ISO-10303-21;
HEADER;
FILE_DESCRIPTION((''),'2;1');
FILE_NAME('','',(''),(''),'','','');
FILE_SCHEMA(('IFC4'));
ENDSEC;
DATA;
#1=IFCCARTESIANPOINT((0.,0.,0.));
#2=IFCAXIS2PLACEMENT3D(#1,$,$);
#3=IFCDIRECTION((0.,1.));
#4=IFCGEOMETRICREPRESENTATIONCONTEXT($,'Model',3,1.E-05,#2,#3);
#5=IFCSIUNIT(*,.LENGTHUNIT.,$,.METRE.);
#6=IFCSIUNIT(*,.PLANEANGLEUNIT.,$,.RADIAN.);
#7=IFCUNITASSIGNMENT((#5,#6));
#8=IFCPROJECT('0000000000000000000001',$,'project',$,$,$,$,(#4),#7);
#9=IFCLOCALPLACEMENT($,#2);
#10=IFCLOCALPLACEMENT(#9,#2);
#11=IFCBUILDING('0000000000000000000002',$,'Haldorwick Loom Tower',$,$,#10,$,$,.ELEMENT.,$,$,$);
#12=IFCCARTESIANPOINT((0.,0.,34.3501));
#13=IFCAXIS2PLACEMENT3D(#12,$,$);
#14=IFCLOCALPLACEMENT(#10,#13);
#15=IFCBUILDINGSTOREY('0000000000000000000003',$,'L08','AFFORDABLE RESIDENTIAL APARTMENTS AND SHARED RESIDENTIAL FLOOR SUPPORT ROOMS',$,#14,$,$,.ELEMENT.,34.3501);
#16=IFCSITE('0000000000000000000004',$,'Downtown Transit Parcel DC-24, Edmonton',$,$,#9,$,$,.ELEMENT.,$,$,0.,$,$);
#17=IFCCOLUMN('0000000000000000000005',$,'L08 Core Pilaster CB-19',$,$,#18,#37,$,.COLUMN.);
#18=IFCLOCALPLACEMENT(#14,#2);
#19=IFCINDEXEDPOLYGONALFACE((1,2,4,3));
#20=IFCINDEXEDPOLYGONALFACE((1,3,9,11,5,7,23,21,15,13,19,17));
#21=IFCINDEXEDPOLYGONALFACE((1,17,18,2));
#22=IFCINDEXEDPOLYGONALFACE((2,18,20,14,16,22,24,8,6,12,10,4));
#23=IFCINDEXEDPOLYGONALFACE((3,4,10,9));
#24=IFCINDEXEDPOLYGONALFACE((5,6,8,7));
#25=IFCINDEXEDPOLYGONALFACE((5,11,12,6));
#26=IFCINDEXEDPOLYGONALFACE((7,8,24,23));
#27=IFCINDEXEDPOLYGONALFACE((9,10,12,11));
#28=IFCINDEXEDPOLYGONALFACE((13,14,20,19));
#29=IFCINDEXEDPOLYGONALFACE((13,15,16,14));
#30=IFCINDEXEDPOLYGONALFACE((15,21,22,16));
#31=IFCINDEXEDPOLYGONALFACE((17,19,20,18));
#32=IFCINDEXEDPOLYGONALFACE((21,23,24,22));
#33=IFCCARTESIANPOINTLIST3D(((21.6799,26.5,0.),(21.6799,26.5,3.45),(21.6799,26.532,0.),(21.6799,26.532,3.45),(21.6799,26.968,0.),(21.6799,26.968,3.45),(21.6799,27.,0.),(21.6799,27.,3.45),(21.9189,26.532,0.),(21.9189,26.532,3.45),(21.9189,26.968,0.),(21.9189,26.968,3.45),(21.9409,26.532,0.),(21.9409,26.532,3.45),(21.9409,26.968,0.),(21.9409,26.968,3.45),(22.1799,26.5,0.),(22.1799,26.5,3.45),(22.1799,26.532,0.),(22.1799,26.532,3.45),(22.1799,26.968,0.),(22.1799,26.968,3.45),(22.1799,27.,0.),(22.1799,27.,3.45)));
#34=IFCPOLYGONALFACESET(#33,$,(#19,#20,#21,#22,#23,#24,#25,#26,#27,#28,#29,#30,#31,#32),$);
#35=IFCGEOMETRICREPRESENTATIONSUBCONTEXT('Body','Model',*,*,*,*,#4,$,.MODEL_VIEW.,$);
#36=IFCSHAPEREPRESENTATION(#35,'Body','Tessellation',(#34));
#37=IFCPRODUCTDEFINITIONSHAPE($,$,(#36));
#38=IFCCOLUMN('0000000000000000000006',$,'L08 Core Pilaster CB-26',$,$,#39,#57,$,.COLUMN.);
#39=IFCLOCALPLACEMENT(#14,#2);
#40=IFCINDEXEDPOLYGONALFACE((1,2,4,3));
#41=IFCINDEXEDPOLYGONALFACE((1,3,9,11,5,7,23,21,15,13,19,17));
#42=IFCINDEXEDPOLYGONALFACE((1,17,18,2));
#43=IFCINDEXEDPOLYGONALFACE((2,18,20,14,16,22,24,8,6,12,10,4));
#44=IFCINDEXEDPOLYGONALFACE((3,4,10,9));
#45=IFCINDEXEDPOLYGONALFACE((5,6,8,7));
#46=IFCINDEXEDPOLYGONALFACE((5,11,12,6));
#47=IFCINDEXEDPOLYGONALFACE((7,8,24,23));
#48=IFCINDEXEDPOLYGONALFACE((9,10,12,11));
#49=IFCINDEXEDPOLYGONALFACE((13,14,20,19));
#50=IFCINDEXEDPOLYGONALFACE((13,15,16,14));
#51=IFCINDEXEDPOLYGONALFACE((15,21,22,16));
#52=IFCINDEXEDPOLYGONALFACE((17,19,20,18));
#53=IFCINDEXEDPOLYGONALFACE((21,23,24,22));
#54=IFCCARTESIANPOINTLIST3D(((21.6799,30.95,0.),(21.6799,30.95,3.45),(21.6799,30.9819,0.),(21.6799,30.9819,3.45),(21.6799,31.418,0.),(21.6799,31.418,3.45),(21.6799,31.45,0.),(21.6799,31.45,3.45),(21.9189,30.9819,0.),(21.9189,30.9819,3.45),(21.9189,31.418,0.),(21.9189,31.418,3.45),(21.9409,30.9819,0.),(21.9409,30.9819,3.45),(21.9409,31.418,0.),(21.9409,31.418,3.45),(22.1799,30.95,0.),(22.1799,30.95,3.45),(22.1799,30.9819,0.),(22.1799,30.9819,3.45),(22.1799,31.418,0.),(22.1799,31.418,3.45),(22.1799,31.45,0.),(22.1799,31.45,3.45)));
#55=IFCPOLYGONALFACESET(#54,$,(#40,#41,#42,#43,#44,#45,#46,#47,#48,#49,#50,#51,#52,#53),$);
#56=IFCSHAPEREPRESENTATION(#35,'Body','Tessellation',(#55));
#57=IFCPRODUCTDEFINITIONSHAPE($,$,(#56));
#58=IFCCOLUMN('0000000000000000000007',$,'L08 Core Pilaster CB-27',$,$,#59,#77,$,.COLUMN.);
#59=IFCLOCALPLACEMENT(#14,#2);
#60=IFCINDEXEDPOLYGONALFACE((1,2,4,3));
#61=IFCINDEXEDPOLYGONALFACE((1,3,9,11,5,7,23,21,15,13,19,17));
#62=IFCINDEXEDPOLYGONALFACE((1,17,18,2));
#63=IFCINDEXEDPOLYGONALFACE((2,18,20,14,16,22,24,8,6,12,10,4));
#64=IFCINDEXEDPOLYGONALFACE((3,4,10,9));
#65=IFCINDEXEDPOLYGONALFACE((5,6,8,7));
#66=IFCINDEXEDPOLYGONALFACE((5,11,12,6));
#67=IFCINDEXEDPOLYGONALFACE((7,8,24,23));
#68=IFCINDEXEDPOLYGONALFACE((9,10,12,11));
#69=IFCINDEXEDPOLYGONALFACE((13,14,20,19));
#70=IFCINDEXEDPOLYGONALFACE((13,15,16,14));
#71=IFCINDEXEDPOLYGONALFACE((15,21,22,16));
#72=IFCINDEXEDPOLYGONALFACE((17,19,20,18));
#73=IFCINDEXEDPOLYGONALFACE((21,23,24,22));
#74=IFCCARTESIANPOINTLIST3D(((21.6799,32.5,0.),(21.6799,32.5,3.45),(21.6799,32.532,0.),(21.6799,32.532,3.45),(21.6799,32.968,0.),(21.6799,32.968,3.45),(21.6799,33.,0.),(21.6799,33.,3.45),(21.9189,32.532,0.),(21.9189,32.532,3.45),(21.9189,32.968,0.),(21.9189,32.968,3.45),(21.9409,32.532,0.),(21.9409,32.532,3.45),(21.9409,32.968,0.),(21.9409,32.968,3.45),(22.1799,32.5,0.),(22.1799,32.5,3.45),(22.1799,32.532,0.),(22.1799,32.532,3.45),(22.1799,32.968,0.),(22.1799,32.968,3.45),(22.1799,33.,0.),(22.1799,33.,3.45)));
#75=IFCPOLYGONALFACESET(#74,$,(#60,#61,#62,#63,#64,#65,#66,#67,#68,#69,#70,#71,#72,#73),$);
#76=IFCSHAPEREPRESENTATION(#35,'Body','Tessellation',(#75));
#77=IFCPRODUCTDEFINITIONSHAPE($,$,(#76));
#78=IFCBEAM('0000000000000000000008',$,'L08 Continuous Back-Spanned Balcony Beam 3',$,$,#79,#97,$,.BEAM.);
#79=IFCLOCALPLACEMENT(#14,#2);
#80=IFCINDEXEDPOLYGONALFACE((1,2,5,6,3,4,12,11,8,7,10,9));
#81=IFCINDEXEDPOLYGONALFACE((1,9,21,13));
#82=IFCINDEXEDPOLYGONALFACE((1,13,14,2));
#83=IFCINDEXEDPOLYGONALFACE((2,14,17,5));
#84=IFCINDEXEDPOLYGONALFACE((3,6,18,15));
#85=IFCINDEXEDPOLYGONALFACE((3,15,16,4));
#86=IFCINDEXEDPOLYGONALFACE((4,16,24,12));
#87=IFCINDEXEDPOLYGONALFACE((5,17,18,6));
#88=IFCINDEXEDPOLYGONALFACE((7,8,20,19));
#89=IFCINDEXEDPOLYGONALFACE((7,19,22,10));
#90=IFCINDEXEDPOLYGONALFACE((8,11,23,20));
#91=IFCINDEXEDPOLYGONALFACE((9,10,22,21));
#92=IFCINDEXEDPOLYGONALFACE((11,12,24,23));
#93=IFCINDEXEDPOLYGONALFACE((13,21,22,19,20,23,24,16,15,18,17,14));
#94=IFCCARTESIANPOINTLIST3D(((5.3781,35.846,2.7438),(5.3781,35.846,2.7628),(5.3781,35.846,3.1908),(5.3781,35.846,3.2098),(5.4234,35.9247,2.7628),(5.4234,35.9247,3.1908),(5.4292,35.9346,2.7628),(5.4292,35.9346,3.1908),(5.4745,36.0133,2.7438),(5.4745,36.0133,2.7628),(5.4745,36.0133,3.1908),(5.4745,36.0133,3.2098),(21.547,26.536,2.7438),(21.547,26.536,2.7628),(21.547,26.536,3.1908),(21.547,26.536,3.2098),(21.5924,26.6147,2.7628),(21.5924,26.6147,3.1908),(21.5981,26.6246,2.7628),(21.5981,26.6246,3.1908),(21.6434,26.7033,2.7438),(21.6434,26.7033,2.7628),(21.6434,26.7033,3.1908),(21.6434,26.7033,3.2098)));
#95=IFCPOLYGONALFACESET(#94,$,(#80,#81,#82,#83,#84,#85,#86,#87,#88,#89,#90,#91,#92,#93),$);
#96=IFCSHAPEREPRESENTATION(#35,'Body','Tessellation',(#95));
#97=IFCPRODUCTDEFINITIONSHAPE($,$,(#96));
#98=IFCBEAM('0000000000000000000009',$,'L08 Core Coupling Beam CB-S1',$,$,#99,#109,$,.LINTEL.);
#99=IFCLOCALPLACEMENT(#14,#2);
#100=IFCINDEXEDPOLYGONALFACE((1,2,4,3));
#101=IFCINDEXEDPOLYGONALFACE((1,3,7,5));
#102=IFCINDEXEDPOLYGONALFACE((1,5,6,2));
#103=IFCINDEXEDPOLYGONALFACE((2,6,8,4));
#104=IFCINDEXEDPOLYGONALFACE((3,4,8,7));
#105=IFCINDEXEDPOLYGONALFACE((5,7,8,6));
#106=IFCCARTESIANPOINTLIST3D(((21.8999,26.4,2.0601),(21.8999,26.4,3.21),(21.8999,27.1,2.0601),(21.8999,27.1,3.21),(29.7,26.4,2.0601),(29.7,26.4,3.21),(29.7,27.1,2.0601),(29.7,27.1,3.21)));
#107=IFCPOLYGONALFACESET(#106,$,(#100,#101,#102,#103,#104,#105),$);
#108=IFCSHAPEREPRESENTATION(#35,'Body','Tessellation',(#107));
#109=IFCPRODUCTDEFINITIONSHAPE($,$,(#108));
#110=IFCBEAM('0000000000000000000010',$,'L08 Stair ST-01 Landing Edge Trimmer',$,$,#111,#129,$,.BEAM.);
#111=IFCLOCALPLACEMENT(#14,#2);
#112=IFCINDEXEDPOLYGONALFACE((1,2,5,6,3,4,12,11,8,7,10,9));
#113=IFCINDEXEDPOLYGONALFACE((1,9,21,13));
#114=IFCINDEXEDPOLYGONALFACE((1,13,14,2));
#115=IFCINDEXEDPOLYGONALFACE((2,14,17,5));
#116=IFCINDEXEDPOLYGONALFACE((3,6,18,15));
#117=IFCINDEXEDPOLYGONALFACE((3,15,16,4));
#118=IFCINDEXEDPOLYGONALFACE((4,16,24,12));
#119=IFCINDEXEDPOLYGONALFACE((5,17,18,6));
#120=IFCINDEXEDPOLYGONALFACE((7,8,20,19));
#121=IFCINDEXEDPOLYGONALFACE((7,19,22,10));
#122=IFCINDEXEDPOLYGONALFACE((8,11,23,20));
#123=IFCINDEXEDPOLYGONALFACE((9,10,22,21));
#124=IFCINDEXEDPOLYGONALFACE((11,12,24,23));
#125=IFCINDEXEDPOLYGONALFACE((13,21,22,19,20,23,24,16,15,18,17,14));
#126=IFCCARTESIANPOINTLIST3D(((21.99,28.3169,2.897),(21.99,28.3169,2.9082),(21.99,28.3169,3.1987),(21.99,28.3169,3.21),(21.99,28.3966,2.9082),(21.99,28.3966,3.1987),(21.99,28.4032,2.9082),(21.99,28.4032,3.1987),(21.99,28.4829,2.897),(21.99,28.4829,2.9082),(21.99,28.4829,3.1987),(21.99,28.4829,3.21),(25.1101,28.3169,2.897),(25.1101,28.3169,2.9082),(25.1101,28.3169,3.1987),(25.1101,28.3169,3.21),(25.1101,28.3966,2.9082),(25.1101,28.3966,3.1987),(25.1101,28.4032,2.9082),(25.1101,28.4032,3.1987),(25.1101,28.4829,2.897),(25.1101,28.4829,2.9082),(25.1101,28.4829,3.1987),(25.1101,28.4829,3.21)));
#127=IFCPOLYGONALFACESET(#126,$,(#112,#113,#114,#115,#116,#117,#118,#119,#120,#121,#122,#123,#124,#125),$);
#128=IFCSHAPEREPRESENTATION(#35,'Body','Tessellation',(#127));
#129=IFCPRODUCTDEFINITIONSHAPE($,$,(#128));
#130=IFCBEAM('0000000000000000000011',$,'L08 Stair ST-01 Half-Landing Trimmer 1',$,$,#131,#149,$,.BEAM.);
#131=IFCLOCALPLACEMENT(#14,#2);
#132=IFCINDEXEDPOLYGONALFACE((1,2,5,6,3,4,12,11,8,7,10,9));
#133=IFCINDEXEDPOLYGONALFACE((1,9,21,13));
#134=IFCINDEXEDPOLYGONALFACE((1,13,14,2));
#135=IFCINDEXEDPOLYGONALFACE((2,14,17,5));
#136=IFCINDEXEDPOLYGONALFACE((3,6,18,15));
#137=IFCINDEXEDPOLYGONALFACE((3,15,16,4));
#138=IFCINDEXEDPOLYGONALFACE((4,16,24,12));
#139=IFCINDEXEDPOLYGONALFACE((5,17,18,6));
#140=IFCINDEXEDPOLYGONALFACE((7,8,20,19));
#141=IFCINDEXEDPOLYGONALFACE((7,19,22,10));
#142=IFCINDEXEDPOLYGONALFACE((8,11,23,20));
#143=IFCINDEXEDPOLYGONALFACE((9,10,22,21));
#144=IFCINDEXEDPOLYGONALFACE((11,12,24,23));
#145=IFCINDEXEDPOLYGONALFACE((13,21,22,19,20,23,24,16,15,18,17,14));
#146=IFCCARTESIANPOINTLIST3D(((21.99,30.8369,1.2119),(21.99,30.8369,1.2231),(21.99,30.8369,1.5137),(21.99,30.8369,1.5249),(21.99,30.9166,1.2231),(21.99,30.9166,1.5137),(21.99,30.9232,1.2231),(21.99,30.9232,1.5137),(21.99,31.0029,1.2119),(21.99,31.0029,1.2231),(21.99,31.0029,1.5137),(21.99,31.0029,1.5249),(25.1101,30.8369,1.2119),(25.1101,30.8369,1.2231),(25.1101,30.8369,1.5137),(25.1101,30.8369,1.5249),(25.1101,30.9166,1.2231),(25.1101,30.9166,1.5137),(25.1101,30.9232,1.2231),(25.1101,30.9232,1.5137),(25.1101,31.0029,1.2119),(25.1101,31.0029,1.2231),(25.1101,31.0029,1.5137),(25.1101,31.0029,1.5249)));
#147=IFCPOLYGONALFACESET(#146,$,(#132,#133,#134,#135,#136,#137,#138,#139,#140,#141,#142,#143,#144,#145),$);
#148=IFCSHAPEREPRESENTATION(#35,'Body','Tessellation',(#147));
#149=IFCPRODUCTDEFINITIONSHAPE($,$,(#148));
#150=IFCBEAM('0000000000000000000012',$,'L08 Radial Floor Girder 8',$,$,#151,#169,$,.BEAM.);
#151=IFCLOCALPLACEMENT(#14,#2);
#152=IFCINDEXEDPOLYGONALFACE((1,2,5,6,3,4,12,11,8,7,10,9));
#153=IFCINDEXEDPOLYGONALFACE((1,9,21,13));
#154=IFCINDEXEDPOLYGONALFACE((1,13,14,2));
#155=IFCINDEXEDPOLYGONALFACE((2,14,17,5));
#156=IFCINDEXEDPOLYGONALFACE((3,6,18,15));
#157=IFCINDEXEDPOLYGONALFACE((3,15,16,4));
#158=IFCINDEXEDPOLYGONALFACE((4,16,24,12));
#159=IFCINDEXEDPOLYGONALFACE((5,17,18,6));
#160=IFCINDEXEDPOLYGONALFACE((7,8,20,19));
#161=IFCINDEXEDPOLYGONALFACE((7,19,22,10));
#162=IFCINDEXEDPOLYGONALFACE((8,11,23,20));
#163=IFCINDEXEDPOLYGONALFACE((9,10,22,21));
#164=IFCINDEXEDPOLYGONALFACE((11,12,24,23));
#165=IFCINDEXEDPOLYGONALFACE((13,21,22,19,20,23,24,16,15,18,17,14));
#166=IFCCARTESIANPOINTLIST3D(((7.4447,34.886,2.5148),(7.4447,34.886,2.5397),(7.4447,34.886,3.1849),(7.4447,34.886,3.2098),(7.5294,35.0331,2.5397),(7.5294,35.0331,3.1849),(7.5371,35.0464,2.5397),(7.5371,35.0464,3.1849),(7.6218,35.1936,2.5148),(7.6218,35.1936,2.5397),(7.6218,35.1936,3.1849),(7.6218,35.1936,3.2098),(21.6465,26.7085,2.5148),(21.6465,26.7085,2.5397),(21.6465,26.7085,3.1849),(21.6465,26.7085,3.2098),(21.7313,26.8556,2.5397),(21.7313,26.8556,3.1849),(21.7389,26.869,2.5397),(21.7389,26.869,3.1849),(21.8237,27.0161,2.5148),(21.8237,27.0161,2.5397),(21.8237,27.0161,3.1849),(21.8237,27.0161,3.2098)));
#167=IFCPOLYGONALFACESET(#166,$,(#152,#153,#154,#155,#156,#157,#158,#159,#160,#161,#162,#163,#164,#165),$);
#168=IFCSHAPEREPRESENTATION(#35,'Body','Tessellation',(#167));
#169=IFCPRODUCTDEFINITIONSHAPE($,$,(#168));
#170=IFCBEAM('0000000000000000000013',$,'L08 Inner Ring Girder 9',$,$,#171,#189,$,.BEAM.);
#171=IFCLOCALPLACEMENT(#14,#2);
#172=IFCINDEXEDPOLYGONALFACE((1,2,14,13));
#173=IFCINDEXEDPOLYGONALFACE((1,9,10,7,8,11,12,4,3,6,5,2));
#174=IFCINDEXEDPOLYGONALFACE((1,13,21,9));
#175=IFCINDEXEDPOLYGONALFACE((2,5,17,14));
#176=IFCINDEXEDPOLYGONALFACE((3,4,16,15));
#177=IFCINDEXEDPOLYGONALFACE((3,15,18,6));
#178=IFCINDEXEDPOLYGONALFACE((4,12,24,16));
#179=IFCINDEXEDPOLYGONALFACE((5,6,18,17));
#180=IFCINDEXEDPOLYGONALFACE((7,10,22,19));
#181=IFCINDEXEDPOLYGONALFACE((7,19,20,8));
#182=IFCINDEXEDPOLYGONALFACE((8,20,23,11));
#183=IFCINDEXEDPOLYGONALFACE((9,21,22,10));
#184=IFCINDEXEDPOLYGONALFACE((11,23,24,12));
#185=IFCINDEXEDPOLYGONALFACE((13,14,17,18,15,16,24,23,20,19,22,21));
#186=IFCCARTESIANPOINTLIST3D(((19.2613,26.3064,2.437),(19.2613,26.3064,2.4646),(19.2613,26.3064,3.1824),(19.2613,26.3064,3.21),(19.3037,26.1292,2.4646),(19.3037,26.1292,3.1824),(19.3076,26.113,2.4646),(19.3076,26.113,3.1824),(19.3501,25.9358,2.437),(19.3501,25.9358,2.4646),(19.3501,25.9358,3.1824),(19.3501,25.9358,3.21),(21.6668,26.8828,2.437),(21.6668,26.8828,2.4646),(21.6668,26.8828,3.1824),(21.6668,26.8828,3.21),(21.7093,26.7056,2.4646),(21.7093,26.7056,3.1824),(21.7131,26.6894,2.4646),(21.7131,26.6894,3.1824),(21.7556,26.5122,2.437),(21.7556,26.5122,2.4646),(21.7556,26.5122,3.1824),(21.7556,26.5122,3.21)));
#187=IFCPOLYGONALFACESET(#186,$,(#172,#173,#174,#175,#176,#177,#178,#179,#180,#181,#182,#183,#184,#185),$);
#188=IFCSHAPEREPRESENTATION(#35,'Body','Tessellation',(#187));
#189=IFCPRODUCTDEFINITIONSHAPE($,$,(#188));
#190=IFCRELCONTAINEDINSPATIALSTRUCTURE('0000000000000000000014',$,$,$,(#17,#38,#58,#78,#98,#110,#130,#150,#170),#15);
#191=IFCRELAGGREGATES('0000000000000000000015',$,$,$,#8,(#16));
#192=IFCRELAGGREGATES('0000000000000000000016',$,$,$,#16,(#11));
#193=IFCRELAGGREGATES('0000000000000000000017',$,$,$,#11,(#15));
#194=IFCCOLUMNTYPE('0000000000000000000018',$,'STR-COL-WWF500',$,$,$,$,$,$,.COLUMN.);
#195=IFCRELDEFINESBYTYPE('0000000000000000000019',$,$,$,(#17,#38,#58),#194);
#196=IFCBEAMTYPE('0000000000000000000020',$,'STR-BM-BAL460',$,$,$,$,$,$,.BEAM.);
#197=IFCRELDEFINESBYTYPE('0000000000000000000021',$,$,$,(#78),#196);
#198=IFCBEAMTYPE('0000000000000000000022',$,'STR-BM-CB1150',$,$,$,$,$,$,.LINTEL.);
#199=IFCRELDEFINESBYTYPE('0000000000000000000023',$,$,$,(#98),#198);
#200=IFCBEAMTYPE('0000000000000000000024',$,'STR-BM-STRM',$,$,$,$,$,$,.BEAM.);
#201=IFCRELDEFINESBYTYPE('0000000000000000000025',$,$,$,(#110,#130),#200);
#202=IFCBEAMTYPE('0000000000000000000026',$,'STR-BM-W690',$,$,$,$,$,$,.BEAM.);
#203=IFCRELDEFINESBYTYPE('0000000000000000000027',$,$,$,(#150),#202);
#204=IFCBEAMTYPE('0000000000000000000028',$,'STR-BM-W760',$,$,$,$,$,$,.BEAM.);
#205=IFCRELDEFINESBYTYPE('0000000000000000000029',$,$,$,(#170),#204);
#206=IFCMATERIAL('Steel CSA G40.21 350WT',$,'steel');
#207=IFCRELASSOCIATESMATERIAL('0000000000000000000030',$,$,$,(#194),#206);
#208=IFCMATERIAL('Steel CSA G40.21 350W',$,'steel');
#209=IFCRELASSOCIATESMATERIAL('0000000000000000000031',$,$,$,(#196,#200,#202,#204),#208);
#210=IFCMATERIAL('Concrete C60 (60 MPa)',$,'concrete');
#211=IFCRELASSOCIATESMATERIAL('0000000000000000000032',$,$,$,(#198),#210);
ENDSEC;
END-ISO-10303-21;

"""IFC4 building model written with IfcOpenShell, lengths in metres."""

from ifc_helpers import new_model, si_unit, direction, frame, origin, origin_2d, place, context, subcontext, project, spatial, rectangle, i_section, extrude, material, material_profile, profile_set, type_object, element, save


model = new_model("IFC4")

# Units and contexts
model_context = context("Model", 3, precision=1e-05, world=origin(), true_north=direction((0.0, 1.0)))
body_context = subcontext(model_context, "Body", "Model", "MODEL_VIEW")
ifc_project = project(units=[si_unit("LENGTHUNIT", "METRE"), si_unit("PLANEANGLEUNIT", "RADIAN")], contexts=[model_context])

# Site, building, storey
site_placement = place(None, origin())
site = spatial("IfcSite", under=ifc_project, at=site_placement, Name="Downtown Transit Parcel DC-24, Edmonton", CompositionType="ELEMENT", RefElevation=0.0)
building_placement = place(site_placement, origin())
building = spatial("IfcBuilding", under=site, at=building_placement, Name="Haldorwick Loom Tower", CompositionType="ELEMENT")
storey_placement = place(building_placement, frame((0.0, 0.0, 34.3501)))
storey = spatial("IfcBuildingStorey", under=building, at=storey_placement, Name="L08", Description="AFFORDABLE RESIDENTIAL APARTMENTS AND SHARED RESIDENTIAL FLOOR SUPPORT ROOMS", CompositionType="ELEMENT", Elevation=34.3501)

# Columns
ifc_material_1 = material(Name="Steel CSA G40.21 350WT", Category="steel")
ifc_material_profile_1 = material_profile(ifc_material_1, i_section(OverallWidth=0.5, OverallDepth=0.5, WebThickness=0.022, FlangeThickness=0.032, at=origin_2d()), Name="WWF500X500", Category="steel")
ifc_profile_set_1 = profile_set([ifc_material_profile_1], Name="Steel CSA G40.21 350WT")
column_type = type_object("IfcColumnType", Name="STR-COL-WWF500", PredefinedType="COLUMN", material=ifc_profile_set_1)
for number, where, z_axis, x_axis, name in (
    (1, (21.9299, 26.75, 0.0), (0.0, 0.0, 1.0), (1.0, 0.0, 0.0), "L08 Core Pilaster CB-19"),
    (2, (21.9299, 31.2, 0.0), (0.0, 0.0, 1.0), (1.0, 0.0, 0.0), "L08 Core Pilaster CB-26"),
    (3, (21.9299, 32.75, 0.0), (0.0, 0.0, 1.0), (1.0, 0.0, 0.0), "L08 Core Pilaster CB-27"),
):
    element("IfcColumn", number, at=place(storey_placement, frame(where, z_axis=z_axis, x_axis=x_axis)), inside=storey, type_object=column_type, Name=name, PredefinedType="COLUMN", context=body_context, shape_type="SweptSolid", body=[
        extrude(i_section(OverallWidth=0.5, OverallDepth=0.5, WebThickness=0.022, FlangeThickness=0.032, at=origin_2d()), origin(), (0.0, 0.0, 1.0), 3.45),
    ])

# Beams
ifc_material_2 = material(Name="Steel CSA G40.21 350W", Category="steel")
ifc_material_profile_2 = material_profile(ifc_material_2, i_section(OverallWidth=0.1931, OverallDepth=0.4661, WebThickness=0.0115, FlangeThickness=0.019, at=origin_2d()), Name="W460X97", Category="steel")
ifc_profile_set_2 = profile_set([ifc_material_profile_2], Name="Steel CSA G40.21 350W")
beam_type_1 = type_object("IfcBeamType", Name="STR-BM-BAL460", PredefinedType="BEAM", material=ifc_profile_set_2)
beam_1_placement = place(storey_placement, frame((21.5952, 26.6196, 2.9768), z_axis=(-0.866607, 0.498991, 0.0), x_axis=(-0.498991, -0.866607, 0.0)))
element("IfcBeam", 4, at=beam_1_placement, inside=storey, type_object=beam_type_1, Name="L08 Continuous Back-Spanned Balcony Beam 3", PredefinedType="BEAM", context=body_context, shape_type="SweptSolid", body=[
    extrude(i_section(OverallWidth=0.1931, OverallDepth=0.4661, WebThickness=0.0115, FlangeThickness=0.019, at=origin_2d()), origin(), (0.0, 0.0, 1.0), 18.6577),
])
ifc_material_3 = material(Name="Concrete C60 (60 MPa)", Category="concrete")
ifc_material_profile_3 = material_profile(ifc_material_3, rectangle(XDim=0.7, YDim=1.1499, at=origin_2d()), Name="RC700X1150", Category="concrete")
ifc_profile_set_3 = profile_set([ifc_material_profile_3], Name="Concrete C60 (60 MPa)")
beam_type_2 = type_object("IfcBeamType", Name="STR-BM-CB1150", PredefinedType="LINTEL", material=ifc_profile_set_3)
beam_2_placement = place(storey_placement, frame((21.8999, 26.75, 2.635), z_axis=(1.0, 0.0, 0.0), x_axis=(0.0, 1.0, 0.0)))
element("IfcBeam", 5, at=beam_2_placement, inside=storey, type_object=beam_type_2, Name="L08 Core Coupling Beam CB-S1", PredefinedType="LINTEL", context=body_context, shape_type="SweptSolid", body=[
    extrude(rectangle(XDim=0.7, YDim=1.1499, at=origin_2d()), origin(), (0.0, 0.0, 1.0), 7.8),
])
ifc_material_profile_4 = material_profile(ifc_material_2, i_section(OverallWidth=0.166, OverallDepth=0.313, WebThickness=0.0066, FlangeThickness=0.0112, at=origin_2d()), Name="W310X45", Category="steel")
ifc_profile_set_4 = profile_set([ifc_material_profile_4], Name="Steel CSA G40.21 350W")
beam_type_3 = type_object("IfcBeamType", Name="STR-BM-STRM", PredefinedType="BEAM", material=ifc_profile_set_4)
for number, where, z_axis, x_axis, name in (
    (6, (21.99, 28.3999, 3.0535), (1.0, 0.0, 0.0), (0.0, 1.0, 0.0), "L08 Stair ST-01 Landing Edge Trimmer"),
    (7, (21.99, 30.9199, 1.3684), (1.0, 0.0, 0.0), (0.0, 1.0, 0.0), "L08 Stair ST-01 Half-Landing Trimmer 1"),
):
    element("IfcBeam", number, at=place(storey_placement, frame(where, z_axis=z_axis, x_axis=x_axis)), inside=storey, type_object=beam_type_3, Name=name, PredefinedType="BEAM", context=body_context, shape_type="SweptSolid", body=[
        extrude(i_section(OverallWidth=0.166, OverallDepth=0.313, WebThickness=0.0066, FlangeThickness=0.0112, at=origin_2d()), origin(), (0.0, 0.0, 1.0), 3.1201),
    ])
ifc_material_profile_5 = material_profile(ifc_material_2, i_section(OverallWidth=0.355, OverallDepth=0.6951, WebThickness=0.0154, FlangeThickness=0.0249, at=origin_2d()), Name="W690X217", Category="steel")
ifc_profile_set_5 = profile_set([ifc_material_profile_5], Name="Steel CSA G40.21 350W")
beam_type_4 = type_object("IfcBeamType", Name="STR-BM-W690", PredefinedType="BEAM", material=ifc_profile_set_5)
beam_3_placement = place(storey_placement, frame((21.7351, 26.8623, 2.8623), z_axis=(-0.866606, 0.498994, 0.0), x_axis=(-0.498994, -0.866606, 0.0)))
element("IfcBeam", 8, at=beam_3_placement, inside=storey, type_object=beam_type_4, Name="L08 Radial Floor Girder 8", PredefinedType="BEAM", context=body_context, shape_type="SweptSolid", body=[
    extrude(i_section(OverallWidth=0.355, OverallDepth=0.6951, WebThickness=0.0154, FlangeThickness=0.0249, at=origin_2d()), origin(), (0.0, 0.0, 1.0), 16.3879),
])
ifc_material_profile_6 = material_profile(ifc_material_2, i_section(OverallWidth=0.3811, OverallDepth=0.7729, WebThickness=0.0166, FlangeThickness=0.0276, at=origin_2d()), Name="W760X257", Category="steel")
ifc_profile_set_6 = profile_set([ifc_material_profile_6], Name="Steel CSA G40.21 350W")
beam_type_5 = type_object("IfcBeamType", Name="STR-BM-W760", PredefinedType="BEAM", material=ifc_profile_set_6)
beam_4_placement = place(storey_placement, frame((19.3057, 26.1211, 2.8235), z_axis=(0.972471, 0.233026, 0.0), x_axis=(-0.233026, 0.972471, 0.0)))
element("IfcBeam", 9, at=beam_4_placement, inside=storey, type_object=beam_type_5, Name="L08 Inner Ring Girder 9", PredefinedType="BEAM", context=body_context, shape_type="SweptSolid", body=[
    extrude(i_section(OverallWidth=0.3811, OverallDepth=0.7729, WebThickness=0.0166, FlangeThickness=0.0276, at=origin_2d()), origin(), (0.0, 0.0, 1.0), 2.4736),
])

save(model, "model.ifc")
